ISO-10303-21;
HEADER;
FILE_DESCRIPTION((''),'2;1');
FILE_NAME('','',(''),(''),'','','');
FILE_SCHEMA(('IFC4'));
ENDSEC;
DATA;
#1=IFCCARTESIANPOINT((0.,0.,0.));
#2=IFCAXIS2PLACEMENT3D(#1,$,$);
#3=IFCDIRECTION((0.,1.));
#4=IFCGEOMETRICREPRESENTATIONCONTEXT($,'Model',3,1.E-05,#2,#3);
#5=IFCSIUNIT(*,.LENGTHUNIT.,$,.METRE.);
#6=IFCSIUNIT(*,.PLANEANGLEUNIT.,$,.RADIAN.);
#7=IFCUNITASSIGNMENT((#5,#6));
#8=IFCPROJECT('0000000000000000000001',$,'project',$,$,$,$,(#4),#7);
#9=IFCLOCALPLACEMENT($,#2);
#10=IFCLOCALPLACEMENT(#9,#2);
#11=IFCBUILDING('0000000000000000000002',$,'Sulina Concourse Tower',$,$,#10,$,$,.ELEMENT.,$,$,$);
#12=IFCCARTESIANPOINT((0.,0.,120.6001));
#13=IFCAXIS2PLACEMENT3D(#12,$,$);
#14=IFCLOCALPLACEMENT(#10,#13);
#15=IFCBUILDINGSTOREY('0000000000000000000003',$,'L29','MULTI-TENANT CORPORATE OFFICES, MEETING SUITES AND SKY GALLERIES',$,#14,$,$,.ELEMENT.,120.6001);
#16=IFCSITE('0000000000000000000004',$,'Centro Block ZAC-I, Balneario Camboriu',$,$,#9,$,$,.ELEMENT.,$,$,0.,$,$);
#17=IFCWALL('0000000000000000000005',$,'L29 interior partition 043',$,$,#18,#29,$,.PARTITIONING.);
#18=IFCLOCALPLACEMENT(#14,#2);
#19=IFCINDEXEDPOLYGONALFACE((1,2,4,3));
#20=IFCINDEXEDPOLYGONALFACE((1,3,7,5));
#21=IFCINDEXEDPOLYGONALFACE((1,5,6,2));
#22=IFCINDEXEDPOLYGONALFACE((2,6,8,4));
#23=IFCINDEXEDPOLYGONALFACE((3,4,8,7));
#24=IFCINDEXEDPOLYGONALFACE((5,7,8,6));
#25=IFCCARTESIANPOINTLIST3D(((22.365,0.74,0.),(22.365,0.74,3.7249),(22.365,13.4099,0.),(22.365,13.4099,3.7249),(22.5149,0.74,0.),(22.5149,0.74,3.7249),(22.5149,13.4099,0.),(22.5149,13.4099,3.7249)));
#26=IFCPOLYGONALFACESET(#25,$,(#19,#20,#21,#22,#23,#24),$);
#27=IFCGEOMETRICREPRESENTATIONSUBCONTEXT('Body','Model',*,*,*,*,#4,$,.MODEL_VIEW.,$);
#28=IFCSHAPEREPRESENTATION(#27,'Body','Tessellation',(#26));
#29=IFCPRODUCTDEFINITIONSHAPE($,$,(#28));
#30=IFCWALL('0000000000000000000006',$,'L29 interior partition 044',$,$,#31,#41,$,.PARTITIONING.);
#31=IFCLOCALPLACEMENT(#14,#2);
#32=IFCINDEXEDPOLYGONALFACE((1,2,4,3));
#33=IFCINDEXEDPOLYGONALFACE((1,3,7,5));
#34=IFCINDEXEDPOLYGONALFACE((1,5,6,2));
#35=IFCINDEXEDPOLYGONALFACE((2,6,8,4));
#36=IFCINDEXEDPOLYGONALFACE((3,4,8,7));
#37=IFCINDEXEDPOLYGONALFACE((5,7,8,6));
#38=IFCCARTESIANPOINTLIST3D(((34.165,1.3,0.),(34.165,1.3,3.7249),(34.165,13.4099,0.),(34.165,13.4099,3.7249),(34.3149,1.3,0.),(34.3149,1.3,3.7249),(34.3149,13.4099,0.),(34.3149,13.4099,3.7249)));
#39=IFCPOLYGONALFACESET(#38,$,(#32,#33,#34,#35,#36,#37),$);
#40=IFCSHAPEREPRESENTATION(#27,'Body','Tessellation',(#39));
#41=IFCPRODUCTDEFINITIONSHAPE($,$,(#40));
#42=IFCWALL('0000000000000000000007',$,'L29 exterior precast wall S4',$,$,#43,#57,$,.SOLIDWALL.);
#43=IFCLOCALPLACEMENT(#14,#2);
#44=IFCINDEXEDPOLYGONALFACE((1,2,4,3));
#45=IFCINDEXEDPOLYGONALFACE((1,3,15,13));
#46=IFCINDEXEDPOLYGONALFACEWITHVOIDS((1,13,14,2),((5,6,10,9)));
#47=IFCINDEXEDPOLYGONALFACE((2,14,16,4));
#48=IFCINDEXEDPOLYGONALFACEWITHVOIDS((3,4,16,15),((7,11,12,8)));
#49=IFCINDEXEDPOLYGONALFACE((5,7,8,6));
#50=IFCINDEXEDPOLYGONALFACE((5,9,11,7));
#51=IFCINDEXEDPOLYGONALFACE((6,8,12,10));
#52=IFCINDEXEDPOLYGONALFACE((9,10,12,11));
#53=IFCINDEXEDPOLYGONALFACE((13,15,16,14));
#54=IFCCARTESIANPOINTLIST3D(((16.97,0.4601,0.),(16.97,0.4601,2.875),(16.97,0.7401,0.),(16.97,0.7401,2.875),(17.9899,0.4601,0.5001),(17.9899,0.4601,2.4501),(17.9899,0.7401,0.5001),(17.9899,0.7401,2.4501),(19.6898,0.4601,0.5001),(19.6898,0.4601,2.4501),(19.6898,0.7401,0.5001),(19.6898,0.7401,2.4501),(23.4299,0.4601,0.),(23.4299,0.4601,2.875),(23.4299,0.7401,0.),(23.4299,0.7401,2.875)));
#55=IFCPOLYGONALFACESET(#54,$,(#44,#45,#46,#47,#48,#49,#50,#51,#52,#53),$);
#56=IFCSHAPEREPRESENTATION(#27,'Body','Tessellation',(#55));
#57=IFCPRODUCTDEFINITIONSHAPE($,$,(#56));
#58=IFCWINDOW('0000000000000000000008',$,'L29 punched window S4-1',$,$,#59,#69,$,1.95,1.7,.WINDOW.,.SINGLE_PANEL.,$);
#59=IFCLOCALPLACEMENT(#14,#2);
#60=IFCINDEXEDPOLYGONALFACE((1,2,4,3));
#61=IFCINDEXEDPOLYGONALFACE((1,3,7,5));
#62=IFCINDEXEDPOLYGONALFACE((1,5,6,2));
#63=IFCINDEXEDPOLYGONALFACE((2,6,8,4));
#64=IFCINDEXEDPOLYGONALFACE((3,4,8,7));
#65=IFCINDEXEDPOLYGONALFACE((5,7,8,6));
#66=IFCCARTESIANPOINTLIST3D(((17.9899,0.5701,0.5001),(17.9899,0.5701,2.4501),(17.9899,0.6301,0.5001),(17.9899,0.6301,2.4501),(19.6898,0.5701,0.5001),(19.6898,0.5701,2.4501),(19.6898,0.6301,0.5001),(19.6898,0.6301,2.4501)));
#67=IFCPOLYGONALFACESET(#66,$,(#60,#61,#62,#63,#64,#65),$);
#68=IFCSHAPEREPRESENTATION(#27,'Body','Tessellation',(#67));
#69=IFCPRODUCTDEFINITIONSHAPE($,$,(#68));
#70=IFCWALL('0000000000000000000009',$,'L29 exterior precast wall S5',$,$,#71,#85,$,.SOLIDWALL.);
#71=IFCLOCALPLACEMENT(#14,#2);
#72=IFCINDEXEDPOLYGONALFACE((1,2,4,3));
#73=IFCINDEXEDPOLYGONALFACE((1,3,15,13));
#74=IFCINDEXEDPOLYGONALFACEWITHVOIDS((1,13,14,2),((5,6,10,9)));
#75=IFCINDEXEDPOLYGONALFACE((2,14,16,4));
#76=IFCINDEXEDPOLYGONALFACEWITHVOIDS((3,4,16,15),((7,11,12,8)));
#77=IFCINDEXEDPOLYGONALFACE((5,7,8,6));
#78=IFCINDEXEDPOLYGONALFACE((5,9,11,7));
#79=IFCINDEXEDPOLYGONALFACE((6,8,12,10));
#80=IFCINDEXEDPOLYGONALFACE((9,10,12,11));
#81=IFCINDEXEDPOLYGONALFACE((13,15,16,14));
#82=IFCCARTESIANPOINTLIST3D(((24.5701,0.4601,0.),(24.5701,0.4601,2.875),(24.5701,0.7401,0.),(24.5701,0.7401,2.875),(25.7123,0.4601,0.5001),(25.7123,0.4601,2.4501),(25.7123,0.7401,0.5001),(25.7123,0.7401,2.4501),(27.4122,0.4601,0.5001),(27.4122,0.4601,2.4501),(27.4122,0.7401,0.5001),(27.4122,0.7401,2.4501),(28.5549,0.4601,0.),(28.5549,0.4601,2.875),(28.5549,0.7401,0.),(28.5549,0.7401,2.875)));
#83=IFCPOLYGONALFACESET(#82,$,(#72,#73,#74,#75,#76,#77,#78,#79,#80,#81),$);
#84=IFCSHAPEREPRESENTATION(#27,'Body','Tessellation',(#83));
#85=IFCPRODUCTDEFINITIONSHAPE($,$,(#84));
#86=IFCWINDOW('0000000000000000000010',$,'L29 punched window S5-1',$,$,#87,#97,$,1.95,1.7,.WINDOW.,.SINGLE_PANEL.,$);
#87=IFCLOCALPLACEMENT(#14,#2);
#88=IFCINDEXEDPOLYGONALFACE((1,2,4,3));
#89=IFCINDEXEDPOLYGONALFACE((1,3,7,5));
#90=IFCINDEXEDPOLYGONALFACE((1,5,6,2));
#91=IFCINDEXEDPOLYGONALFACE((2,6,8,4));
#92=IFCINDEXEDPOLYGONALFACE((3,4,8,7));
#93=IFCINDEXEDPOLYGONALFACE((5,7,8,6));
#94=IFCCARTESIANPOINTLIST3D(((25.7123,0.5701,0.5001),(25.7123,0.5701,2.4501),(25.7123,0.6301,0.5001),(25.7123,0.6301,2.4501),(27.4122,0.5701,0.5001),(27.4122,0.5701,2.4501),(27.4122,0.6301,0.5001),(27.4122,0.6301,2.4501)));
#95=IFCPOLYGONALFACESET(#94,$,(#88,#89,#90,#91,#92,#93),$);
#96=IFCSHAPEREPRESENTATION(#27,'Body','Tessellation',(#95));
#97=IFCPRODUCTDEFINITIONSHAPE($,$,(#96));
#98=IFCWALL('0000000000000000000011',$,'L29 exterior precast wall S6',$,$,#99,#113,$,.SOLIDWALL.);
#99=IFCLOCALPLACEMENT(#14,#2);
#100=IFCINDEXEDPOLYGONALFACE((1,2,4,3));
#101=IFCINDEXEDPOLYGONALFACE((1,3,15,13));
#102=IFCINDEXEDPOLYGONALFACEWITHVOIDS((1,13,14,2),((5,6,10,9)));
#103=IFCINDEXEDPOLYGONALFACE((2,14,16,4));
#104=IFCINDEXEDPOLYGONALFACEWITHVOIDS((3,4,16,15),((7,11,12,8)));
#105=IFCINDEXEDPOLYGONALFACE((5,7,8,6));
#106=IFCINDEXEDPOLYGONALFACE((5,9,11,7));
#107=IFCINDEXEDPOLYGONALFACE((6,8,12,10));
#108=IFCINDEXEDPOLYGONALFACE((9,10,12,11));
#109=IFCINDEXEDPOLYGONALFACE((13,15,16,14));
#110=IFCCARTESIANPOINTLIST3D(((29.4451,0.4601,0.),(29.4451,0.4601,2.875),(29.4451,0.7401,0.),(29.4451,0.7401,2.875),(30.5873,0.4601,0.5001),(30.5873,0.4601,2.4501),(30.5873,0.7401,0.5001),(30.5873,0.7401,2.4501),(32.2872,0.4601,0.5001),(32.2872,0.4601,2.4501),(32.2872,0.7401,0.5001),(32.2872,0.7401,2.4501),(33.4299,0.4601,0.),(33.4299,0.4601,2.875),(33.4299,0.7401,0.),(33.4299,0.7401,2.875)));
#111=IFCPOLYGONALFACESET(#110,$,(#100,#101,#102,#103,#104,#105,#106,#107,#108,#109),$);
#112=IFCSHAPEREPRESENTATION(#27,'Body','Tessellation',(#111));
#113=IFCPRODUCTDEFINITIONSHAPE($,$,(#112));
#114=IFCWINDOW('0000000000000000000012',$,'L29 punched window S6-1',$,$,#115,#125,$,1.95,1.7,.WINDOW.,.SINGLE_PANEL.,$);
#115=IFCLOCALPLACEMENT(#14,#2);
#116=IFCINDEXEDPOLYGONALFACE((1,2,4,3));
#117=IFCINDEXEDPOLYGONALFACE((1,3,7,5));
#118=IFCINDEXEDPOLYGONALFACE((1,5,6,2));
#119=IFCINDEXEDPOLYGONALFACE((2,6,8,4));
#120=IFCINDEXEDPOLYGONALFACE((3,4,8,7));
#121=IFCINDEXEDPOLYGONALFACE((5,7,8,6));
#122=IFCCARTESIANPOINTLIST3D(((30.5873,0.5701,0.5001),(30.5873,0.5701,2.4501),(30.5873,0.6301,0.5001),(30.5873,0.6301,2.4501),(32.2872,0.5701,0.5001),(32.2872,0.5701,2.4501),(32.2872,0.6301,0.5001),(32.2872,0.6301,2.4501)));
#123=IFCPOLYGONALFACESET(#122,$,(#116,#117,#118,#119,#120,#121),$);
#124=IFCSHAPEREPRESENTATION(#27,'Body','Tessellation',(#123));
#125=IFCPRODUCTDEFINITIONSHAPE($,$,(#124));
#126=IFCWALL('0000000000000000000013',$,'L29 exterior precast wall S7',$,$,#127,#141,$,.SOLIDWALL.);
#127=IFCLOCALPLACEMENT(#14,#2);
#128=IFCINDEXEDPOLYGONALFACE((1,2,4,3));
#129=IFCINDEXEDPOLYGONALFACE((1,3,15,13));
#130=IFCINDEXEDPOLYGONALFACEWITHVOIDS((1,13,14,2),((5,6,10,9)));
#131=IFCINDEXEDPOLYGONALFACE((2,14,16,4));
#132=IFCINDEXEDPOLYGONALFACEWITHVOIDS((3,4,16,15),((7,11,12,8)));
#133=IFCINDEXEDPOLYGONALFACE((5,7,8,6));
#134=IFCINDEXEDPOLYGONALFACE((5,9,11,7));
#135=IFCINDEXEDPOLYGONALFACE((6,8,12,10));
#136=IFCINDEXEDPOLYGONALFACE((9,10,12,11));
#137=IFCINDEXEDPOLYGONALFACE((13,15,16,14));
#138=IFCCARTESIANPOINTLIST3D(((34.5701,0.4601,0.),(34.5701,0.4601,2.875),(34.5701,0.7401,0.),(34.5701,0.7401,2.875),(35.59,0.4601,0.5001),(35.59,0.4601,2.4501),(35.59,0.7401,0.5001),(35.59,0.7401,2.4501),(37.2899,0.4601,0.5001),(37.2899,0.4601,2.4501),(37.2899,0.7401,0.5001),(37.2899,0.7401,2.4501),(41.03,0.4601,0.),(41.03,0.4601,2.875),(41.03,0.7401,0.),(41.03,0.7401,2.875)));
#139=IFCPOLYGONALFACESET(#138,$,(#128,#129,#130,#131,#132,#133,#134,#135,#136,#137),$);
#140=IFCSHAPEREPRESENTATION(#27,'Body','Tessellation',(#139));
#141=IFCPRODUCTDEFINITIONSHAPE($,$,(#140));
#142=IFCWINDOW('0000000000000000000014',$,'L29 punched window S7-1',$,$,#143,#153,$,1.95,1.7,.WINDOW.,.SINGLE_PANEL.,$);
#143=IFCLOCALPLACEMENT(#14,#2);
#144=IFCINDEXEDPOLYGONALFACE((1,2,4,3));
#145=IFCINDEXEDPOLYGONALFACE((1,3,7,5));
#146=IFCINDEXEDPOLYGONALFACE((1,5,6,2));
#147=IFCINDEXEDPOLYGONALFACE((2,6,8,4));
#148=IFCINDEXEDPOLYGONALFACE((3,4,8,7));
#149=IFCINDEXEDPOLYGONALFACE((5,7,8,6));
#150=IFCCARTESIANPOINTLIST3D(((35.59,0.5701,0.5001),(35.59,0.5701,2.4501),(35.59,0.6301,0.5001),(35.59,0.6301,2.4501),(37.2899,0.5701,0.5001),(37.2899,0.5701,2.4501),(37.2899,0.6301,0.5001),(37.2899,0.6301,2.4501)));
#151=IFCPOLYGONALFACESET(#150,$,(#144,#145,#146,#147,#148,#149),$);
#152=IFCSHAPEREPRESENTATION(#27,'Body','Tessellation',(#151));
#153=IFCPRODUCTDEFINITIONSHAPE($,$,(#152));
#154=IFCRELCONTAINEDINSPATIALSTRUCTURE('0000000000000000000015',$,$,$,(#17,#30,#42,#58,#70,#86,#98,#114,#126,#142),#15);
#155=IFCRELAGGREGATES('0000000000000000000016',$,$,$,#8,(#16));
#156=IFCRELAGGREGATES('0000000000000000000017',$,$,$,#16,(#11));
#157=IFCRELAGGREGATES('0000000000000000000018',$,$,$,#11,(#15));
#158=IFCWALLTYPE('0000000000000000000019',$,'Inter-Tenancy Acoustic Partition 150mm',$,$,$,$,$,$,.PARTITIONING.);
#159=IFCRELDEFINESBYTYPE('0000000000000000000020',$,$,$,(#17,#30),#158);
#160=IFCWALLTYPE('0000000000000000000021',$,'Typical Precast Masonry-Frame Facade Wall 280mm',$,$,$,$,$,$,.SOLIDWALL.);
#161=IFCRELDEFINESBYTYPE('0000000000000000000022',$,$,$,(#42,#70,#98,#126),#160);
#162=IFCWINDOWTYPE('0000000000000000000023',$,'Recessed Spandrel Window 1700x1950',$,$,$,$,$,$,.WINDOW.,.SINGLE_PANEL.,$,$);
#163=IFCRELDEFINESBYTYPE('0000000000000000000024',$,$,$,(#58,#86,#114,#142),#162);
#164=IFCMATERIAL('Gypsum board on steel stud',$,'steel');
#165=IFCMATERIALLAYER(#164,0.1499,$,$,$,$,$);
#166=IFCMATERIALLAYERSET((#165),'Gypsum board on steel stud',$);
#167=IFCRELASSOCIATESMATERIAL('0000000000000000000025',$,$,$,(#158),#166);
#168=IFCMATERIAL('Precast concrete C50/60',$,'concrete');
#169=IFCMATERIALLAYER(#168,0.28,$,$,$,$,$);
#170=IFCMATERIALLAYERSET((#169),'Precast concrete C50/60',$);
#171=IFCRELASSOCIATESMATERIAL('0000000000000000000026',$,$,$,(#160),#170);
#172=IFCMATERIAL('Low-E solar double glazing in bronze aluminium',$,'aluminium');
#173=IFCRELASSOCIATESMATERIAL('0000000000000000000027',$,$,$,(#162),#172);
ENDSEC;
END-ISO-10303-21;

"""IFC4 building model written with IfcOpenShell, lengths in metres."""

from ifc_helpers import new_model, si_unit, direction, frame, frame_2d, origin, place, context, subcontext, project, spatial, rectangle, extrude, material, layer, layer_set, type_object, element, fill, save


model = new_model("IFC4")

# Units and contexts
model_context = context("Model", 3, precision=1e-05, world=origin(), true_north=direction((0.0, 1.0)))
body_context = subcontext(model_context, "Body", "Model", "MODEL_VIEW")
ifc_project = project(units=[si_unit("LENGTHUNIT", "METRE"), si_unit("PLANEANGLEUNIT", "RADIAN")], contexts=[model_context])

# Site, building, storey
site_placement = place(None, origin())
site = spatial("IfcSite", under=ifc_project, at=site_placement, Name="Centro Block ZAC-I, Balneario Camboriu", CompositionType="ELEMENT", RefElevation=0.0)
building_placement = place(site_placement, origin())
building = spatial("IfcBuilding", under=site, at=building_placement, Name="Sulina Concourse Tower", CompositionType="ELEMENT")
storey_placement = place(building_placement, frame((0.0, 0.0, 120.6001)))
storey = spatial("IfcBuildingStorey", under=building, at=storey_placement, Name="L29", Description="MULTI-TENANT CORPORATE OFFICES, MEETING SUITES AND SKY GALLERIES", CompositionType="ELEMENT", Elevation=120.6001)

# Walls
ifc_material_1 = material(Name="Gypsum board on steel stud", Category="steel")
ifc_layer_1 = layer(ifc_material_1, 0.1499)
ifc_layer_set_1 = layer_set([ifc_layer_1], Name="Gypsum board on steel stud")
wall_type_1 = type_object("IfcWallType", Name="Inter-Tenancy Acoustic Partition 150mm", PredefinedType="PARTITIONING", material=ifc_layer_set_1)
wall_1_placement = place(storey_placement, frame((22.4399, 0.74, 0.0), z_axis=(0.0, 0.0, 1.0), x_axis=(0.0, 1.0, 0.0)))
element("IfcWall", 1, at=wall_1_placement, inside=storey, type_object=wall_type_1, Name="L29 interior partition 043", PredefinedType="PARTITIONING", context=body_context, shape_type="SweptSolid", body=[
    extrude(rectangle(XDim=12.6699, YDim=0.1499, at=frame_2d((6.335, 0.0))), origin(), (0.0, 0.0, 1.0), 3.7249),
])
wall_2_placement = place(storey_placement, frame((34.24, 1.3, 0.0), z_axis=(0.0, 0.0, 1.0), x_axis=(0.0, 1.0, 0.0)))
element("IfcWall", 2, at=wall_2_placement, inside=storey, type_object=wall_type_1, Name="L29 interior partition 044", PredefinedType="PARTITIONING", context=body_context, shape_type="SweptSolid", body=[
    extrude(rectangle(XDim=12.1099, YDim=0.1499, at=frame_2d((6.0549, 0.0))), origin(), (0.0, 0.0, 1.0), 3.7249),
])

# Walls, openings, windows
ifc_material_2 = material(Name="Precast concrete C50/60", Category="concrete")
ifc_layer_2 = layer(ifc_material_2, 0.28)
ifc_layer_set_2 = layer_set([ifc_layer_2], Name="Precast concrete C50/60")
wall_type_2 = type_object("IfcWallType", Name="Typical Precast Masonry-Frame Facade Wall 280mm", PredefinedType="SOLIDWALL", material=ifc_layer_set_2)
wall_3_placement = place(storey_placement, frame((23.4299, 0.6001, 0.0), z_axis=(0.0, 0.0, 1.0), x_axis=(-1.0, 0.0, 0.0)))
wall_3 = element("IfcWall", 3, at=wall_3_placement, inside=storey, type_object=wall_type_2, Name="L29 exterior precast wall S4", PredefinedType="SOLIDWALL", context=body_context, shape_type="SweptSolid", body=[
    extrude(rectangle(XDim=6.46, YDim=0.28, at=frame_2d((3.23, 0.0))), origin(), (0.0, 0.0, 1.0), 2.875),
])
opening_1_placement = place(wall_3_placement, frame((3.74, 0.0, 0.5)))
opening_1 = element("IfcOpeningElement", 4, at=opening_1_placement, cuts=wall_3, PredefinedType="OPENING", context=body_context, shape_type="SweptSolid", body=[
    extrude(rectangle(XDim=1.7, YDim=1.95, at=frame_2d((0.8501, 0.9751))), frame((0.0, 0.1499, 0.0), z_axis=(0.0, -1.0, 0.0), x_axis=(1.0, 0.0, 0.0)), (0.0, 0.0, 1.0), 0.3),
])
ifc_material_3 = material(Name="Low-E solar double glazing in bronze aluminium", Category="aluminium")
window_type = type_object("IfcWindowType", Name="Recessed Spandrel Window 1700x1950", PartitioningType="SINGLE_PANEL", PredefinedType="WINDOW", material=ifc_material_3)
window_1_placement = place(opening_1_placement, origin())
window_1 = element("IfcWindow", 5, at=window_1_placement, inside=storey, type_object=window_type, Name="L29 punched window S4-1", OverallHeight=1.95, OverallWidth=1.7, PartitioningType="SINGLE_PANEL", PredefinedType="WINDOW", context=body_context, shape_type="SweptSolid", body=[
    extrude(rectangle(XDim=1.7, YDim=1.95, at=frame_2d((0.8501, 0.9751))), frame((0.0, 0.03, 0.0), z_axis=(0.0, -1.0, 0.0), x_axis=(1.0, 0.0, 0.0)), (0.0, 0.0, 1.0), 0.0601),
])
fill(opening_1, window_1)
wall_4_placement = place(storey_placement, frame((28.5549, 0.6001, 0.0), z_axis=(0.0, 0.0, 1.0), x_axis=(-1.0, 0.0, 0.0)))
wall_4 = element("IfcWall", 6, at=wall_4_placement, inside=storey, type_object=wall_type_2, Name="L29 exterior precast wall S5", PredefinedType="SOLIDWALL", context=body_context, shape_type="SweptSolid", body=[
    extrude(rectangle(XDim=3.9849, YDim=0.28, at=frame_2d((1.9924, 0.0))), origin(), (0.0, 0.0, 1.0), 2.875),
])
opening_2_placement = place(wall_4_placement, frame((1.1426, 0.0, 0.5)))
opening_2 = element("IfcOpeningElement", 7, at=opening_2_placement, cuts=wall_4, PredefinedType="OPENING", context=body_context, shape_type="SweptSolid", body=[
    extrude(rectangle(XDim=1.7, YDim=1.95, at=frame_2d((0.8501, 0.9751))), frame((0.0, 0.1499, 0.0), z_axis=(0.0, -1.0, 0.0), x_axis=(1.0, 0.0, 0.0)), (0.0, 0.0, 1.0), 0.3),
])
window_2_placement = place(opening_2_placement, origin())
window_2 = element("IfcWindow", 8, at=window_2_placement, inside=storey, type_object=window_type, Name="L29 punched window S5-1", OverallHeight=1.95, OverallWidth=1.7, PartitioningType="SINGLE_PANEL", PredefinedType="WINDOW", context=body_context, shape_type="SweptSolid", body=[
    extrude(rectangle(XDim=1.7, YDim=1.95, at=frame_2d((0.8501, 0.9751))), frame((0.0, 0.03, 0.0), z_axis=(0.0, -1.0, 0.0), x_axis=(1.0, 0.0, 0.0)), (0.0, 0.0, 1.0), 0.0601),
])
fill(opening_2, window_2)
wall_5_placement = place(storey_placement, frame((33.4299, 0.6001, 0.0), z_axis=(0.0, 0.0, 1.0), x_axis=(-1.0, 0.0, 0.0)))
wall_5 = element("IfcWall", 9, at=wall_5_placement, inside=storey, type_object=wall_type_2, Name="L29 exterior precast wall S6", PredefinedType="SOLIDWALL", context=body_context, shape_type="SweptSolid", body=[
    extrude(rectangle(XDim=3.9849, YDim=0.28, at=frame_2d((1.9924, 0.0))), origin(), (0.0, 0.0, 1.0), 2.875),
])
opening_3_placement = place(wall_5_placement, frame((1.1426, 0.0, 0.5)))
opening_3 = element("IfcOpeningElement", 10, at=opening_3_placement, cuts=wall_5, PredefinedType="OPENING", context=body_context, shape_type="SweptSolid", body=[
    extrude(rectangle(XDim=1.7, YDim=1.95, at=frame_2d((0.8501, 0.9751))), frame((0.0, 0.1499, 0.0), z_axis=(0.0, -1.0, 0.0), x_axis=(1.0, 0.0, 0.0)), (0.0, 0.0, 1.0), 0.3),
])
window_3_placement = place(opening_3_placement, origin())
window_3 = element("IfcWindow", 11, at=window_3_placement, inside=storey, type_object=window_type, Name="L29 punched window S6-1", OverallHeight=1.95, OverallWidth=1.7, PartitioningType="SINGLE_PANEL", PredefinedType="WINDOW", context=body_context, shape_type="SweptSolid", body=[
    extrude(rectangle(XDim=1.7, YDim=1.95, at=frame_2d((0.8501, 0.9751))), frame((0.0, 0.03, 0.0), z_axis=(0.0, -1.0, 0.0), x_axis=(1.0, 0.0, 0.0)), (0.0, 0.0, 1.0), 0.0601),
])
fill(opening_3, window_3)
wall_6_placement = place(storey_placement, frame((41.03, 0.6001, 0.0), z_axis=(0.0, 0.0, 1.0), x_axis=(-1.0, 0.0, 0.0)))
wall_6 = element("IfcWall", 12, at=wall_6_placement, inside=storey, type_object=wall_type_2, Name="L29 exterior precast wall S7", PredefinedType="SOLIDWALL", context=body_context, shape_type="SweptSolid", body=[
    extrude(rectangle(XDim=6.46, YDim=0.28, at=frame_2d((3.23, 0.0))), origin(), (0.0, 0.0, 1.0), 2.875),
])
opening_4_placement = place(wall_6_placement, frame((3.74, 0.0, 0.5)))
opening_4 = element("IfcOpeningElement", 13, at=opening_4_placement, cuts=wall_6, PredefinedType="OPENING", context=body_context, shape_type="SweptSolid", body=[
    extrude(rectangle(XDim=1.7, YDim=1.95, at=frame_2d((0.8501, 0.9751))), frame((0.0, 0.1499, 0.0), z_axis=(0.0, -1.0, 0.0), x_axis=(1.0, 0.0, 0.0)), (0.0, 0.0, 1.0), 0.3),
])
window_4_placement = place(opening_4_placement, origin())
window_4 = element("IfcWindow", 14, at=window_4_placement, inside=storey, type_object=window_type, Name="L29 punched window S7-1", OverallHeight=1.95, OverallWidth=1.7, PartitioningType="SINGLE_PANEL", PredefinedType="WINDOW", context=body_context, shape_type="SweptSolid", body=[
    extrude(rectangle(XDim=1.7, YDim=1.95, at=frame_2d((0.8501, 0.9751))), frame((0.0, 0.03, 0.0), z_axis=(0.0, -1.0, 0.0), x_axis=(1.0, 0.0, 0.0)), (0.0, 0.0, 1.0), 0.0601),
])
fill(opening_4, window_4)

save(model, "model.ifc")
